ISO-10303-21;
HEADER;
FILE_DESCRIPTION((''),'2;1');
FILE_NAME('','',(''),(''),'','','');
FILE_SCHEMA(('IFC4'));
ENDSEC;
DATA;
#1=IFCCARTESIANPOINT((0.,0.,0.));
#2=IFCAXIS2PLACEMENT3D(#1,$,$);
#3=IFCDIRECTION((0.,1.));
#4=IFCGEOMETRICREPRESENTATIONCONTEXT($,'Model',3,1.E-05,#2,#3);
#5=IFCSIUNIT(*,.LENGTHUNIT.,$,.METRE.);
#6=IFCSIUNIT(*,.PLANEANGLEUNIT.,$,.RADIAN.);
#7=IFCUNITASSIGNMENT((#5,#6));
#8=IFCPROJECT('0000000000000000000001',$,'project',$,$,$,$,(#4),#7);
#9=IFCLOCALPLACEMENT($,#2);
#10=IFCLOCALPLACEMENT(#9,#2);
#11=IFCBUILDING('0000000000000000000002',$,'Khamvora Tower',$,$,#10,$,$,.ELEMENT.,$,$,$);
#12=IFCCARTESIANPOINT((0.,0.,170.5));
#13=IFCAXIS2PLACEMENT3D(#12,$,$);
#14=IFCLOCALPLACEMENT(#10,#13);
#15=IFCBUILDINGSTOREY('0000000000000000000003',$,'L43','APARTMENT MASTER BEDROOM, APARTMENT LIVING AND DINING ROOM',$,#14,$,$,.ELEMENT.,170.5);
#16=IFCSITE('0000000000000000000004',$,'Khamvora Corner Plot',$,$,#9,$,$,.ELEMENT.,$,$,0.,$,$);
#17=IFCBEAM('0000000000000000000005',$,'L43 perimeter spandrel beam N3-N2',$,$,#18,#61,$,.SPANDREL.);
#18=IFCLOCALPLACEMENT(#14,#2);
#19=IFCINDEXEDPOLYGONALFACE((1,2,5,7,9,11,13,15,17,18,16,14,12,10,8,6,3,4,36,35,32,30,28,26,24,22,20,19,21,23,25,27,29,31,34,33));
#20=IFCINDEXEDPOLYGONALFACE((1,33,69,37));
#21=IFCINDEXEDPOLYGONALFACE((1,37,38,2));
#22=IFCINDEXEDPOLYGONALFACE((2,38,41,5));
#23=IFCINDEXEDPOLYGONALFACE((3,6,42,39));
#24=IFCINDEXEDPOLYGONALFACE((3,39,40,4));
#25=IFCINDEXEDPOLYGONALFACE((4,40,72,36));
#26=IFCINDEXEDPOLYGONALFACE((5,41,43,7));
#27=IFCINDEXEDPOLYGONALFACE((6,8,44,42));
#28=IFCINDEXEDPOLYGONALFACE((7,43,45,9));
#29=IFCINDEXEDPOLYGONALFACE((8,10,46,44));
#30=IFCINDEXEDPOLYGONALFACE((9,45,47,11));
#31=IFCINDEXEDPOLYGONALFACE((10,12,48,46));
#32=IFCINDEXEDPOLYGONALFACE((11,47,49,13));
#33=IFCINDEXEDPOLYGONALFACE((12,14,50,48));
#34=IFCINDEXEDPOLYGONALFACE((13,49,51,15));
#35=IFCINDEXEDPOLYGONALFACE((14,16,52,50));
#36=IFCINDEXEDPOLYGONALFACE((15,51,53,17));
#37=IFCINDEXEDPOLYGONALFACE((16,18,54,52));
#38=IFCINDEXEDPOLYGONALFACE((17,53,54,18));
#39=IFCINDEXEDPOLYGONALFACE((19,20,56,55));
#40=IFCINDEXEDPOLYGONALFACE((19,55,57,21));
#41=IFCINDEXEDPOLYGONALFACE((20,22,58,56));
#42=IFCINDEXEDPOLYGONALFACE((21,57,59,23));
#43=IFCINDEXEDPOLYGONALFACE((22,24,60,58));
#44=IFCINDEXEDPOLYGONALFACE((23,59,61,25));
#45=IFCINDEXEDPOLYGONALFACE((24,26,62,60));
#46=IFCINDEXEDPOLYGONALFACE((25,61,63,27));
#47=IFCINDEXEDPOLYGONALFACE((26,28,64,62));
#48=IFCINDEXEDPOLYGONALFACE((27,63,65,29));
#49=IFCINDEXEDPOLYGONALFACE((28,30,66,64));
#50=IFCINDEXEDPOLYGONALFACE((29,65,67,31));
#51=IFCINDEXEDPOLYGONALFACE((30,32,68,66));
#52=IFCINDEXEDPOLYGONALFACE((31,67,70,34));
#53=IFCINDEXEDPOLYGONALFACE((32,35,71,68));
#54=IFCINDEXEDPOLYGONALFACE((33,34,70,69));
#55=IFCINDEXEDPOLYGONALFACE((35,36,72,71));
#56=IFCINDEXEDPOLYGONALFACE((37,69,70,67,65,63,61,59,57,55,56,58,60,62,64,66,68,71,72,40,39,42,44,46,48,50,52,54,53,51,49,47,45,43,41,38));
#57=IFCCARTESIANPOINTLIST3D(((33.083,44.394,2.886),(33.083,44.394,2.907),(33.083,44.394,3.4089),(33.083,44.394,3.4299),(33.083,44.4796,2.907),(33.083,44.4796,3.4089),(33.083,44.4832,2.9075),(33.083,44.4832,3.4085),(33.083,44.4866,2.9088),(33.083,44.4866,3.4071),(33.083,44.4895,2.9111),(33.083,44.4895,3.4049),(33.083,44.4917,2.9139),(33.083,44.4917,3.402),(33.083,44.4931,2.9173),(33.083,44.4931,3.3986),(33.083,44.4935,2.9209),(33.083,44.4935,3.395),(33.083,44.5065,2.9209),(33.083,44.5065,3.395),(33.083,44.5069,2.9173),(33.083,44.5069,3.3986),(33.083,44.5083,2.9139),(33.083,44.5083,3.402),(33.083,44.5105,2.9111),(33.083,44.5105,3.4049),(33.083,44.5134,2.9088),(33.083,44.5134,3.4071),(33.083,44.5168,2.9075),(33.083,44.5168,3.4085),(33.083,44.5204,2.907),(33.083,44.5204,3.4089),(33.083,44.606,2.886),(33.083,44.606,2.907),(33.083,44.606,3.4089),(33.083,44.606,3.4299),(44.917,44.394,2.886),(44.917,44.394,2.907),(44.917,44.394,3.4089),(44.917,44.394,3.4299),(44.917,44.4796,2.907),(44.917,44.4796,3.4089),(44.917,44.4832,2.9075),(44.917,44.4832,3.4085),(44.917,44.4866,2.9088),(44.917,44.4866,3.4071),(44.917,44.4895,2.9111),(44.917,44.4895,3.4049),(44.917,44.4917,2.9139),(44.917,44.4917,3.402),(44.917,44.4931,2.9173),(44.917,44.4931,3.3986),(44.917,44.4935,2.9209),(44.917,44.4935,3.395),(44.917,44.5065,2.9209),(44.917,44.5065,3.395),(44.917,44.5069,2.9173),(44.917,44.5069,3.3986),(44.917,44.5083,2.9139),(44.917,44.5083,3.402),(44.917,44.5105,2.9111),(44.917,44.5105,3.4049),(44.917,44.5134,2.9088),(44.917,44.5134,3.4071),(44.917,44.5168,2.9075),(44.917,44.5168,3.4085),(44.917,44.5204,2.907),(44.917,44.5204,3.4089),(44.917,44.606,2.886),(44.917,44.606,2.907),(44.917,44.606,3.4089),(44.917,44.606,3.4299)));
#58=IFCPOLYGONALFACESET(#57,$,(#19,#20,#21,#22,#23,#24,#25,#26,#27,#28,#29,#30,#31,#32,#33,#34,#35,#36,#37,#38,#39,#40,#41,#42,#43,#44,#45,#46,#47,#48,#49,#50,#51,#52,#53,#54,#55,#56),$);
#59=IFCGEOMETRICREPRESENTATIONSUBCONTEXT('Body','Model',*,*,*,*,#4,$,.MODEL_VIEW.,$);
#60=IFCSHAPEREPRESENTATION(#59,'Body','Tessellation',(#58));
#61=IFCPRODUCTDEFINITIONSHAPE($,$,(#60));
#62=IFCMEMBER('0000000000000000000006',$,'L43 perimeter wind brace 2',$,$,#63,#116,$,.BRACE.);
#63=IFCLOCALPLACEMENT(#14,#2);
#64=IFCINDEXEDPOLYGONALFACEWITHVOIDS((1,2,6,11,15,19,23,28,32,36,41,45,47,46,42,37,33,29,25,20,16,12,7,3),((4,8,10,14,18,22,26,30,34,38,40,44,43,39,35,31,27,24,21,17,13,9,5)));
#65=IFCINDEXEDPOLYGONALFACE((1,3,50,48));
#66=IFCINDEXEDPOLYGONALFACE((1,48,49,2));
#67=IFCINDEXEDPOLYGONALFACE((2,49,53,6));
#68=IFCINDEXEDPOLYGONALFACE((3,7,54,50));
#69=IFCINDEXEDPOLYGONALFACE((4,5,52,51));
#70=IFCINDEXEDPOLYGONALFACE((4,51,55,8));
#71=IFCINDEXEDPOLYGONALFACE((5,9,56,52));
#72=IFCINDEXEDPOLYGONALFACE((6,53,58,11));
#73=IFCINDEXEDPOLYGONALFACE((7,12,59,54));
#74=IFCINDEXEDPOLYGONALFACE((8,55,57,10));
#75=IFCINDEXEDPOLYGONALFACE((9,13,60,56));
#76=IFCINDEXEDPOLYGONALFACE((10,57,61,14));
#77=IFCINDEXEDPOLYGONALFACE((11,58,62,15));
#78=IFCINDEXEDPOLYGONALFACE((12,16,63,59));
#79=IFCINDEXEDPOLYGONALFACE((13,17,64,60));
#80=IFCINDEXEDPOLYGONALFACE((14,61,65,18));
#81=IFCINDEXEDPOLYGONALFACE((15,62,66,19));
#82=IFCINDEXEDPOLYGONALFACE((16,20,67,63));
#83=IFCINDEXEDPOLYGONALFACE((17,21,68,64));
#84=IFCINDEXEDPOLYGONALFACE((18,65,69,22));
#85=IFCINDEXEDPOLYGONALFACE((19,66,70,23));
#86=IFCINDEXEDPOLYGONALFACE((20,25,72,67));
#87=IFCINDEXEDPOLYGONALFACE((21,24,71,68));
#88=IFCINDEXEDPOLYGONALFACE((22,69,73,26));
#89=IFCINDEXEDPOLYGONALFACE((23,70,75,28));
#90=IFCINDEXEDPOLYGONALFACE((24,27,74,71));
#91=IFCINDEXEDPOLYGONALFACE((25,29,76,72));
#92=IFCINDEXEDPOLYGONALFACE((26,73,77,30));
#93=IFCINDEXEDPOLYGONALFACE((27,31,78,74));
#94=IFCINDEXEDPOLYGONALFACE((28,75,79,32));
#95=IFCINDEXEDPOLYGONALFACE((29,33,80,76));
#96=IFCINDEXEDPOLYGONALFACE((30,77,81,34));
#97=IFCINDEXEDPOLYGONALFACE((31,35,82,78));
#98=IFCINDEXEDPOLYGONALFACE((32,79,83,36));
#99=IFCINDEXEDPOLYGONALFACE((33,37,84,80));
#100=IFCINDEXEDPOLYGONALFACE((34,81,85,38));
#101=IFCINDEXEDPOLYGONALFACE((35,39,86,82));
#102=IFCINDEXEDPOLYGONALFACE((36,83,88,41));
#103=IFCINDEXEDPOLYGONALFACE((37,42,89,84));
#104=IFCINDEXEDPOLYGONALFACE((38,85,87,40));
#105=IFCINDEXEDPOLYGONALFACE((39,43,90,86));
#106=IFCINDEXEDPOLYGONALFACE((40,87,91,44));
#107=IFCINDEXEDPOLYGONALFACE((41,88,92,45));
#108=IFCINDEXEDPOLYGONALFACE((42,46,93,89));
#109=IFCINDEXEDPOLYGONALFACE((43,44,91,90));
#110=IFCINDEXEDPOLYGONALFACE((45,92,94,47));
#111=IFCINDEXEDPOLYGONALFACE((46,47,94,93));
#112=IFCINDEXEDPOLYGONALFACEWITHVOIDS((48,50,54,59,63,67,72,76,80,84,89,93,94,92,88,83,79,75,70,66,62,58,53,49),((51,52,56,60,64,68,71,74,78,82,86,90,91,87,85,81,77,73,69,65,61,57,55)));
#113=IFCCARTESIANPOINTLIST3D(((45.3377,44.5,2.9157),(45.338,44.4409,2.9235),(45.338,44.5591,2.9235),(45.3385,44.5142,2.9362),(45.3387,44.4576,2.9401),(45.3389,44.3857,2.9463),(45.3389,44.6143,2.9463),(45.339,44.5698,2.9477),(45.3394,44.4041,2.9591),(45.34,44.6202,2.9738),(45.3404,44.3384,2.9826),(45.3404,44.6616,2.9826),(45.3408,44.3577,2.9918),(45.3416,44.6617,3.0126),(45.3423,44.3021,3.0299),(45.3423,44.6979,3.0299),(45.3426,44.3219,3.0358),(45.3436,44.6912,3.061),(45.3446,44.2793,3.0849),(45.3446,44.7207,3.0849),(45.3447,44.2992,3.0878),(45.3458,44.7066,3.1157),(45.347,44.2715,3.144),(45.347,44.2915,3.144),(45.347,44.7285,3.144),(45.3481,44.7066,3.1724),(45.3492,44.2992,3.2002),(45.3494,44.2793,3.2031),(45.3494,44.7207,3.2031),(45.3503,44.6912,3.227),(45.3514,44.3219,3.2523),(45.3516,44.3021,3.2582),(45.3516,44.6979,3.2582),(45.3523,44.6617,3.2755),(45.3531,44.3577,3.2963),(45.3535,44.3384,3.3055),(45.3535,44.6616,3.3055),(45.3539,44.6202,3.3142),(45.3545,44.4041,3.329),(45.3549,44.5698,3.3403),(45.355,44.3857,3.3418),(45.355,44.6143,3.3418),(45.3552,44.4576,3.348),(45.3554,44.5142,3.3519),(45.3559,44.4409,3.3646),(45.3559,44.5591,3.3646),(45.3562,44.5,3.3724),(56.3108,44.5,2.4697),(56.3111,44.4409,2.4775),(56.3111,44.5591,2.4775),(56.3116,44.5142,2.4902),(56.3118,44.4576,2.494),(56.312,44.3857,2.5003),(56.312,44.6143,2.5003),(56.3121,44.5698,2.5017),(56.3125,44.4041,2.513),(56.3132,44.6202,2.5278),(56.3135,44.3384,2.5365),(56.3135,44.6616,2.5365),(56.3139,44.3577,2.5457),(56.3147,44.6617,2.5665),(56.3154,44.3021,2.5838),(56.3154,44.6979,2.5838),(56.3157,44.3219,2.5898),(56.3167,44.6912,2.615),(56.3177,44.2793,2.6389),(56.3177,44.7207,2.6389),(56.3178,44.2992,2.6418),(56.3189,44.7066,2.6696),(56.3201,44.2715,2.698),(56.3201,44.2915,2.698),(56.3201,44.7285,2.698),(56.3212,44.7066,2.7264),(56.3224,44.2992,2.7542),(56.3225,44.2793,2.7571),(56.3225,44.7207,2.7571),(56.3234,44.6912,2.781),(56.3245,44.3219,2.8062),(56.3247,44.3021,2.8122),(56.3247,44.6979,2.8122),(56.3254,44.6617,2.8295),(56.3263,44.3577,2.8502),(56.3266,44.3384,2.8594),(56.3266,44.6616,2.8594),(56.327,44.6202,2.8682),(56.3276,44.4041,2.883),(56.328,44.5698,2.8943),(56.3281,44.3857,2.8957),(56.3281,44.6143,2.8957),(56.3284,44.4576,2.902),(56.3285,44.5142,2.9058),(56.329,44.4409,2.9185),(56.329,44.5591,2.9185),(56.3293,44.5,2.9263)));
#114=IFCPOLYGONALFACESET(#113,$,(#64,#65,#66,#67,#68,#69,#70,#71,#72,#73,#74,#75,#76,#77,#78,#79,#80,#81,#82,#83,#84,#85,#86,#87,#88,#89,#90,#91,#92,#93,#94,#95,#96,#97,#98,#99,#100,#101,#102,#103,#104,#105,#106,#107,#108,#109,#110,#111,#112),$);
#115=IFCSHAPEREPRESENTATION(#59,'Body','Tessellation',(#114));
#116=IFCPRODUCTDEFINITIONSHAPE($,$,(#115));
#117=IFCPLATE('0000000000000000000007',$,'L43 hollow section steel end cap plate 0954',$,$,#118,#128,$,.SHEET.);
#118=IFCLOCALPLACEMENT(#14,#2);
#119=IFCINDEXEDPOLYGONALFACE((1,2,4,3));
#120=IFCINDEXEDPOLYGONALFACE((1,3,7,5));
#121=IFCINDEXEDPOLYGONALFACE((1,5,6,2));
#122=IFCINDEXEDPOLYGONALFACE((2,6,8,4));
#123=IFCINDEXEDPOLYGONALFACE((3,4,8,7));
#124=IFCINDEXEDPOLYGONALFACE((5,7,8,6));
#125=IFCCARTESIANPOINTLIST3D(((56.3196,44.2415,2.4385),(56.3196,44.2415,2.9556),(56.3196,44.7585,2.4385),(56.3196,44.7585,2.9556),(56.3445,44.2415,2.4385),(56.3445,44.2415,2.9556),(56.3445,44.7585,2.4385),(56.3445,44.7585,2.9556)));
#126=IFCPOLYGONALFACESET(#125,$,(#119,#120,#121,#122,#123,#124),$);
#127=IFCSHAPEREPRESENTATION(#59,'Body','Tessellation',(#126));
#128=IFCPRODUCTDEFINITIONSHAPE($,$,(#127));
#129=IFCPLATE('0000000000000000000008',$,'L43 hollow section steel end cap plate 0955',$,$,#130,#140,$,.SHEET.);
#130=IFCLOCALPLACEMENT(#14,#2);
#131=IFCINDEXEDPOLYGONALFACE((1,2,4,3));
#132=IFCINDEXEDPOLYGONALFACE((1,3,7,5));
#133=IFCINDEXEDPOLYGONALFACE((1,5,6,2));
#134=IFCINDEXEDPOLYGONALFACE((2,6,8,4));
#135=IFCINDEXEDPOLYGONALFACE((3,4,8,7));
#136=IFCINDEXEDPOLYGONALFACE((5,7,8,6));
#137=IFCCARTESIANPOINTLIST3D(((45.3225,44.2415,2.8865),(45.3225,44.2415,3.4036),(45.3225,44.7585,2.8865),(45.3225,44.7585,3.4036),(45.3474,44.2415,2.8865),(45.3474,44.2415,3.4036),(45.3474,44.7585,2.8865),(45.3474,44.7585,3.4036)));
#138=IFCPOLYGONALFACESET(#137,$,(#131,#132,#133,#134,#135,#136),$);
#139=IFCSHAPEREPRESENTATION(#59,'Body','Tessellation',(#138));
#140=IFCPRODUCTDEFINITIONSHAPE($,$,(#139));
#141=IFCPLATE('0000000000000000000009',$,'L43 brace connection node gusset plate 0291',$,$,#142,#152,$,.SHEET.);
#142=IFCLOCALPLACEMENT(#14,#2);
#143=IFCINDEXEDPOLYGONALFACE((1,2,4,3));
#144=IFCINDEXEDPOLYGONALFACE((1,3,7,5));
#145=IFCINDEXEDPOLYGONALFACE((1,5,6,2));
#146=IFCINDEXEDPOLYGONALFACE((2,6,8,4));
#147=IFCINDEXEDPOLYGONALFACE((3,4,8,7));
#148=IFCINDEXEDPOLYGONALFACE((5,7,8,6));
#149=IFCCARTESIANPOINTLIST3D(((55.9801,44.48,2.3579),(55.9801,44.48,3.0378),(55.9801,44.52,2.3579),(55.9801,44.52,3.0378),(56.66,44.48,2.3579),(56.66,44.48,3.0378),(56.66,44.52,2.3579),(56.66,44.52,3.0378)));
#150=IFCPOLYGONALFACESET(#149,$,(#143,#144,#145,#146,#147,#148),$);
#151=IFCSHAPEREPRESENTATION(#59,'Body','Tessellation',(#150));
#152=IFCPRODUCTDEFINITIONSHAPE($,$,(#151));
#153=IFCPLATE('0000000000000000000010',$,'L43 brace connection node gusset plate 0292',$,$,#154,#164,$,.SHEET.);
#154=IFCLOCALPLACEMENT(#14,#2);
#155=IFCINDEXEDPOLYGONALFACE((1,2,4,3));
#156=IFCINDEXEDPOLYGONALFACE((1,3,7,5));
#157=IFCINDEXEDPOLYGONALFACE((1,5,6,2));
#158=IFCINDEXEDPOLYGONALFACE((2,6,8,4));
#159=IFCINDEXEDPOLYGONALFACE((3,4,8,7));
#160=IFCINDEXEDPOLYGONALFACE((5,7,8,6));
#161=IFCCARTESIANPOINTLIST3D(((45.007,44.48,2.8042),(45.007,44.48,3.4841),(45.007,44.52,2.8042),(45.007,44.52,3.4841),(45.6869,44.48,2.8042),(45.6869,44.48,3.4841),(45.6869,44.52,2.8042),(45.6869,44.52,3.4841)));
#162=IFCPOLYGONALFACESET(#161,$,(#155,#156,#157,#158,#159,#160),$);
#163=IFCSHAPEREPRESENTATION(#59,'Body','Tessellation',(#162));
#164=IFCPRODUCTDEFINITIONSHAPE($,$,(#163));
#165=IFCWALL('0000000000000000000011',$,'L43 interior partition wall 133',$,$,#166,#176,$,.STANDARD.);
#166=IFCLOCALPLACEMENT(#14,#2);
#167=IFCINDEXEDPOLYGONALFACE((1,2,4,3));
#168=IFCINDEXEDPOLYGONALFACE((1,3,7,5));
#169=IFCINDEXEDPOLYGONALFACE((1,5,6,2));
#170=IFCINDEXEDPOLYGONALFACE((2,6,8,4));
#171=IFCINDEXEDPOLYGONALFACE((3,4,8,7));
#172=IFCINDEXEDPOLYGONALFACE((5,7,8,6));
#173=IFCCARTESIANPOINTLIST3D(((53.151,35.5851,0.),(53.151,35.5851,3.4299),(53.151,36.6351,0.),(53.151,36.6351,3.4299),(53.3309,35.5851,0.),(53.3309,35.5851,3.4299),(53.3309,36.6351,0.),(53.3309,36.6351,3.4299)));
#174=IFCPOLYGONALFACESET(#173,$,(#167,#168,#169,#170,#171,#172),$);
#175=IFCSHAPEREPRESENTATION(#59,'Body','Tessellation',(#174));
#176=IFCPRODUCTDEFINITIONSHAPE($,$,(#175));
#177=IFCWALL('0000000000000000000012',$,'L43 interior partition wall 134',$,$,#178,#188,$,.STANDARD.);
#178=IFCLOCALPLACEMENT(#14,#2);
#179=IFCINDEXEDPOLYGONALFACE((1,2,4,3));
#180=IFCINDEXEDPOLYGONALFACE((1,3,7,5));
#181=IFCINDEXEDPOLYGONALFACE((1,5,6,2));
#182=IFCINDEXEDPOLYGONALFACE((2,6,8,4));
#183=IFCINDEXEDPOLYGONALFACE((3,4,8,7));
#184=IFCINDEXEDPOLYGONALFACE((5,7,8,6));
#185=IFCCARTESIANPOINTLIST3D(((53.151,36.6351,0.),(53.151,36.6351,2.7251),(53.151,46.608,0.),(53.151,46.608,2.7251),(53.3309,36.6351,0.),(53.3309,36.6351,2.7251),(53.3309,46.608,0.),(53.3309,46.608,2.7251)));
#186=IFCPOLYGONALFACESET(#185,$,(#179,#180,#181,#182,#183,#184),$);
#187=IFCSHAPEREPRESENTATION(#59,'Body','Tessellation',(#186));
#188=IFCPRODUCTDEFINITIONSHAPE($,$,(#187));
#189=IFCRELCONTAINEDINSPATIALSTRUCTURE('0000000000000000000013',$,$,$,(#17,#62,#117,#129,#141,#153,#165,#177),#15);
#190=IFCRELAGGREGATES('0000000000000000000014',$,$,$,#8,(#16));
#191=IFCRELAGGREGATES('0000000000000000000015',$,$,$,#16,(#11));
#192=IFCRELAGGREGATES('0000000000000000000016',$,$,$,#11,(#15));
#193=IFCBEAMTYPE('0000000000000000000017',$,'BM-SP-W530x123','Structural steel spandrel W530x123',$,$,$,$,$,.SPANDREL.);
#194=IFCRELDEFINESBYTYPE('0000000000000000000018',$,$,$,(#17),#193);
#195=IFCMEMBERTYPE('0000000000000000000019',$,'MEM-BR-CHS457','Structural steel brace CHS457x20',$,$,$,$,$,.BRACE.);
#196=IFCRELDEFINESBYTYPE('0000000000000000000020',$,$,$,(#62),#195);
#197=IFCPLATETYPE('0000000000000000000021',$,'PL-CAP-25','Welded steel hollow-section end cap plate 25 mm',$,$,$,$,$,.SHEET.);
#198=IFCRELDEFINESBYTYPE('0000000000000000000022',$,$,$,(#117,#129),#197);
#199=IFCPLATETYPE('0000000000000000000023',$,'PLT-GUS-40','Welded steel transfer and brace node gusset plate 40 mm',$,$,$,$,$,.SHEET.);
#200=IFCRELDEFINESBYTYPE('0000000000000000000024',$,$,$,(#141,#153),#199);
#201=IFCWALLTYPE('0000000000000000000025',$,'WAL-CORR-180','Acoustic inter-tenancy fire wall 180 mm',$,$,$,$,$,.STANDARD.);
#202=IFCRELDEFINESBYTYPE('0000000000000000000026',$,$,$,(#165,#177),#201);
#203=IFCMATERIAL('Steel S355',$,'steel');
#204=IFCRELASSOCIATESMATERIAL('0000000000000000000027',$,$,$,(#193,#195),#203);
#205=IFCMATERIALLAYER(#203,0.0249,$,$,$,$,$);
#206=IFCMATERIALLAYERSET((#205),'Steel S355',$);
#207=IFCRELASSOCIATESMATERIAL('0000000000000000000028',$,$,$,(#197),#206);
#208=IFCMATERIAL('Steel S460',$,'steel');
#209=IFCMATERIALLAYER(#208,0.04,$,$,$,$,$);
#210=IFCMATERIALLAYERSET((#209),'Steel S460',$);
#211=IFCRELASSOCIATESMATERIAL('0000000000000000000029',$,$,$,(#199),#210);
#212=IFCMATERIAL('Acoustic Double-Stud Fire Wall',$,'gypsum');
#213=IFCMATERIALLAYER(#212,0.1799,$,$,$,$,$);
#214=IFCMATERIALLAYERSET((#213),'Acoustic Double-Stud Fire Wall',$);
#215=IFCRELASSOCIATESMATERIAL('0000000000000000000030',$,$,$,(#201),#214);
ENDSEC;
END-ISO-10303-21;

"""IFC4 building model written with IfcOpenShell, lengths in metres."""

from ifc_helpers import new_model, si_unit, direction, frame, frame_2d, origin, origin_2d, place, context, subcontext, project, spatial, rectangle, hollow_circle, i_section, extrude, material, layer, layer_set, material_profile, profile_set, type_object, element, save


model = new_model("IFC4")

# Units and contexts
model_context = context("Model", 3, precision=1e-05, world=origin(), true_north=direction((0.0, 1.0)))
body_context = subcontext(model_context, "Body", "Model", "MODEL_VIEW")
ifc_project = project(units=[si_unit("LENGTHUNIT", "METRE"), si_unit("PLANEANGLEUNIT", "RADIAN")], contexts=[model_context])

# Site, building, storey
site_placement = place(None, origin())
site = spatial("IfcSite", under=ifc_project, at=site_placement, Name="Khamvora Corner Plot", CompositionType="ELEMENT", RefElevation=0.0)
building_placement = place(site_placement, origin())
building = spatial("IfcBuilding", under=site, at=building_placement, Name="Khamvora Tower", CompositionType="ELEMENT")
storey_placement = place(building_placement, frame((0.0, 0.0, 170.5)))
storey = spatial("IfcBuildingStorey", under=building, at=storey_placement, Name="L43", Description="APARTMENT MASTER BEDROOM, APARTMENT LIVING AND DINING ROOM", CompositionType="ELEMENT", Elevation=170.5)

# Shared definitions
ifc_material_1 = material(Name="Steel S355", Category="steel")

# Beam
ifc_material_profile_1 = material_profile(ifc_material_1, i_section(OverallWidth=0.2119, OverallDepth=0.5439, WebThickness=0.0129, FlangeThickness=0.021, FilletRadius=0.0139, at=origin_2d()), Name="W530x123")
ifc_profile_set_1 = profile_set([ifc_material_profile_1], Name="Steel S355")
beam_type_1 = type_object("IfcBeamType", Name="BM-SP-W530x123", Description="Structural steel spandrel W530x123", PredefinedType="SPANDREL", material=ifc_profile_set_1)
beam_1_placement = place(storey_placement, frame((44.917, 44.5, 3.158), z_axis=(-1.0, 0.0, 0.0), x_axis=(0.0, -1.0, 0.0)))
element("IfcBeam", 1, at=beam_1_placement, inside=storey, type_object=beam_type_1, Name="L43 perimeter spandrel beam N3-N2", PredefinedType="SPANDREL", context=body_context, shape_type="SweptSolid", body=[
    extrude(i_section(OverallWidth=0.2119, OverallDepth=0.5439, WebThickness=0.0129, FlangeThickness=0.021, FilletRadius=0.0139, at=origin_2d()), origin(), (0.0, 0.0, 1.0), 11.834),
])

# Member
ifc_material_profile_2 = material_profile(ifc_material_1, hollow_circle(Radius=0.2285, WallThickness=0.02, at=origin_2d()), Name="CHS457x20")
ifc_profile_set_2 = profile_set([ifc_material_profile_2], Name="Steel S355")
member_type = type_object("IfcMemberType", Name="MEM-BR-CHS457", Description="Structural steel brace CHS457x20", PredefinedType="BRACE", material=ifc_profile_set_2)
member_placement = place(storey_placement, frame((56.3201, 44.5, 2.698), z_axis=(-0.999175, 0.0, 0.040615), x_axis=(0.0, -1.0, 0.0)))
element("IfcMember", 2, at=member_placement, inside=storey, type_object=member_type, Name="L43 perimeter wind brace 2", PredefinedType="BRACE", context=body_context, shape_type="SweptSolid", body=[
    extrude(hollow_circle(Radius=0.2285, WallThickness=0.02, at=origin_2d()), origin(), (0.0, 0.0, 1.0), 10.9822),
])

# Plates
ifc_layer_1 = layer(ifc_material_1, 0.0249)
ifc_layer_set_1 = layer_set([ifc_layer_1], Name="Steel S355")
plate_type_1 = type_object("IfcPlateType", Name="PL-CAP-25", Description="Welded steel hollow-section end cap plate 25 mm", PredefinedType="SHEET", material=ifc_layer_set_1)
for number, where, z_axis, x_axis, name in (
    (3, (56.332, 44.5, 2.4385), (0.0, 0.0, 1.0), (-1.0, 0.0, 0.0), "L43 hollow section steel end cap plate 0954"),
    (4, (45.335, 44.5, 2.8865), (0.0, 0.0, 1.0), (-1.0, 0.0, 0.0), "L43 hollow section steel end cap plate 0955"),
):
    element("IfcPlate", number, at=place(storey_placement, frame(where, z_axis=z_axis, x_axis=x_axis)), inside=storey, type_object=plate_type_1, Name=name, PredefinedType="SHEET", context=body_context, shape_type="SweptSolid", body=[
        extrude(rectangle(XDim=0.0249, YDim=0.5171, at=origin_2d()), origin(), (0.0, 0.0, 1.0), 0.5171),
    ])
ifc_material_2 = material(Name="Steel S460", Category="steel")
ifc_layer_2 = layer(ifc_material_2, 0.04)
ifc_layer_set_2 = layer_set([ifc_layer_2], Name="Steel S460")
plate_type_2 = type_object("IfcPlateType", Name="PLT-GUS-40", Description="Welded steel transfer and brace node gusset plate 40 mm", PredefinedType="SHEET", material=ifc_layer_set_2)
for number, where, z_axis, x_axis, name in (
    (5, (56.3201, 44.5, 2.3579), (0.0, 0.0, 1.0), (1.0, 0.0, 0.0), "L43 brace connection node gusset plate 0291"),
    (6, (45.3469, 44.5, 2.8042), (0.0, 0.0, 1.0), (1.0, 0.0, 0.0), "L43 brace connection node gusset plate 0292"),
):
    element("IfcPlate", number, at=place(storey_placement, frame(where, z_axis=z_axis, x_axis=x_axis)), inside=storey, type_object=plate_type_2, Name=name, PredefinedType="SHEET", context=body_context, shape_type="SweptSolid", body=[
        extrude(rectangle(XDim=0.6799, YDim=0.04, at=origin_2d()), origin(), (0.0, 0.0, 1.0), 0.6799),
    ])

# Walls
ifc_material_3 = material(Name="Acoustic Double-Stud Fire Wall", Category="gypsum")
ifc_layer_3 = layer(ifc_material_3, 0.1799)
ifc_layer_set_3 = layer_set([ifc_layer_3], Name="Acoustic Double-Stud Fire Wall")
wall_type_1 = type_object("IfcWallType", Name="WAL-CORR-180", Description="Acoustic inter-tenancy fire wall 180 mm", PredefinedType="STANDARD", material=ifc_layer_set_3)
wall_1_placement = place(storey_placement, frame((53.241, 36.635, 0.0), z_axis=(0.0, 0.0, 1.0), x_axis=(0.0, -1.0, 0.0)))
element("IfcWall", 7, at=wall_1_placement, inside=storey, type_object=wall_type_1, Name="L43 interior partition wall 133", PredefinedType="STANDARD", context=body_context, shape_type="SweptSolid", body=[
    extrude(rectangle(XDim=1.05, YDim=0.1799, at=frame_2d((0.5249, 0.0))), origin(), (0.0, 0.0, 1.0), 3.4299),
])
wall_2_placement = place(storey_placement, frame((53.241, 46.6079, 0.0), z_axis=(0.0, 0.0, 1.0), x_axis=(0.0, -1.0, 0.0)))
element("IfcWall", 8, at=wall_2_placement, inside=storey, type_object=wall_type_1, Name="L43 interior partition wall 134", PredefinedType="STANDARD", context=body_context, shape_type="SweptSolid", body=[
    extrude(rectangle(XDim=9.9729, YDim=0.1799, at=frame_2d((4.9863, 0.0))), origin(), (0.0, 0.0, 1.0), 2.7251),
])

save(model, "model.ifc")
